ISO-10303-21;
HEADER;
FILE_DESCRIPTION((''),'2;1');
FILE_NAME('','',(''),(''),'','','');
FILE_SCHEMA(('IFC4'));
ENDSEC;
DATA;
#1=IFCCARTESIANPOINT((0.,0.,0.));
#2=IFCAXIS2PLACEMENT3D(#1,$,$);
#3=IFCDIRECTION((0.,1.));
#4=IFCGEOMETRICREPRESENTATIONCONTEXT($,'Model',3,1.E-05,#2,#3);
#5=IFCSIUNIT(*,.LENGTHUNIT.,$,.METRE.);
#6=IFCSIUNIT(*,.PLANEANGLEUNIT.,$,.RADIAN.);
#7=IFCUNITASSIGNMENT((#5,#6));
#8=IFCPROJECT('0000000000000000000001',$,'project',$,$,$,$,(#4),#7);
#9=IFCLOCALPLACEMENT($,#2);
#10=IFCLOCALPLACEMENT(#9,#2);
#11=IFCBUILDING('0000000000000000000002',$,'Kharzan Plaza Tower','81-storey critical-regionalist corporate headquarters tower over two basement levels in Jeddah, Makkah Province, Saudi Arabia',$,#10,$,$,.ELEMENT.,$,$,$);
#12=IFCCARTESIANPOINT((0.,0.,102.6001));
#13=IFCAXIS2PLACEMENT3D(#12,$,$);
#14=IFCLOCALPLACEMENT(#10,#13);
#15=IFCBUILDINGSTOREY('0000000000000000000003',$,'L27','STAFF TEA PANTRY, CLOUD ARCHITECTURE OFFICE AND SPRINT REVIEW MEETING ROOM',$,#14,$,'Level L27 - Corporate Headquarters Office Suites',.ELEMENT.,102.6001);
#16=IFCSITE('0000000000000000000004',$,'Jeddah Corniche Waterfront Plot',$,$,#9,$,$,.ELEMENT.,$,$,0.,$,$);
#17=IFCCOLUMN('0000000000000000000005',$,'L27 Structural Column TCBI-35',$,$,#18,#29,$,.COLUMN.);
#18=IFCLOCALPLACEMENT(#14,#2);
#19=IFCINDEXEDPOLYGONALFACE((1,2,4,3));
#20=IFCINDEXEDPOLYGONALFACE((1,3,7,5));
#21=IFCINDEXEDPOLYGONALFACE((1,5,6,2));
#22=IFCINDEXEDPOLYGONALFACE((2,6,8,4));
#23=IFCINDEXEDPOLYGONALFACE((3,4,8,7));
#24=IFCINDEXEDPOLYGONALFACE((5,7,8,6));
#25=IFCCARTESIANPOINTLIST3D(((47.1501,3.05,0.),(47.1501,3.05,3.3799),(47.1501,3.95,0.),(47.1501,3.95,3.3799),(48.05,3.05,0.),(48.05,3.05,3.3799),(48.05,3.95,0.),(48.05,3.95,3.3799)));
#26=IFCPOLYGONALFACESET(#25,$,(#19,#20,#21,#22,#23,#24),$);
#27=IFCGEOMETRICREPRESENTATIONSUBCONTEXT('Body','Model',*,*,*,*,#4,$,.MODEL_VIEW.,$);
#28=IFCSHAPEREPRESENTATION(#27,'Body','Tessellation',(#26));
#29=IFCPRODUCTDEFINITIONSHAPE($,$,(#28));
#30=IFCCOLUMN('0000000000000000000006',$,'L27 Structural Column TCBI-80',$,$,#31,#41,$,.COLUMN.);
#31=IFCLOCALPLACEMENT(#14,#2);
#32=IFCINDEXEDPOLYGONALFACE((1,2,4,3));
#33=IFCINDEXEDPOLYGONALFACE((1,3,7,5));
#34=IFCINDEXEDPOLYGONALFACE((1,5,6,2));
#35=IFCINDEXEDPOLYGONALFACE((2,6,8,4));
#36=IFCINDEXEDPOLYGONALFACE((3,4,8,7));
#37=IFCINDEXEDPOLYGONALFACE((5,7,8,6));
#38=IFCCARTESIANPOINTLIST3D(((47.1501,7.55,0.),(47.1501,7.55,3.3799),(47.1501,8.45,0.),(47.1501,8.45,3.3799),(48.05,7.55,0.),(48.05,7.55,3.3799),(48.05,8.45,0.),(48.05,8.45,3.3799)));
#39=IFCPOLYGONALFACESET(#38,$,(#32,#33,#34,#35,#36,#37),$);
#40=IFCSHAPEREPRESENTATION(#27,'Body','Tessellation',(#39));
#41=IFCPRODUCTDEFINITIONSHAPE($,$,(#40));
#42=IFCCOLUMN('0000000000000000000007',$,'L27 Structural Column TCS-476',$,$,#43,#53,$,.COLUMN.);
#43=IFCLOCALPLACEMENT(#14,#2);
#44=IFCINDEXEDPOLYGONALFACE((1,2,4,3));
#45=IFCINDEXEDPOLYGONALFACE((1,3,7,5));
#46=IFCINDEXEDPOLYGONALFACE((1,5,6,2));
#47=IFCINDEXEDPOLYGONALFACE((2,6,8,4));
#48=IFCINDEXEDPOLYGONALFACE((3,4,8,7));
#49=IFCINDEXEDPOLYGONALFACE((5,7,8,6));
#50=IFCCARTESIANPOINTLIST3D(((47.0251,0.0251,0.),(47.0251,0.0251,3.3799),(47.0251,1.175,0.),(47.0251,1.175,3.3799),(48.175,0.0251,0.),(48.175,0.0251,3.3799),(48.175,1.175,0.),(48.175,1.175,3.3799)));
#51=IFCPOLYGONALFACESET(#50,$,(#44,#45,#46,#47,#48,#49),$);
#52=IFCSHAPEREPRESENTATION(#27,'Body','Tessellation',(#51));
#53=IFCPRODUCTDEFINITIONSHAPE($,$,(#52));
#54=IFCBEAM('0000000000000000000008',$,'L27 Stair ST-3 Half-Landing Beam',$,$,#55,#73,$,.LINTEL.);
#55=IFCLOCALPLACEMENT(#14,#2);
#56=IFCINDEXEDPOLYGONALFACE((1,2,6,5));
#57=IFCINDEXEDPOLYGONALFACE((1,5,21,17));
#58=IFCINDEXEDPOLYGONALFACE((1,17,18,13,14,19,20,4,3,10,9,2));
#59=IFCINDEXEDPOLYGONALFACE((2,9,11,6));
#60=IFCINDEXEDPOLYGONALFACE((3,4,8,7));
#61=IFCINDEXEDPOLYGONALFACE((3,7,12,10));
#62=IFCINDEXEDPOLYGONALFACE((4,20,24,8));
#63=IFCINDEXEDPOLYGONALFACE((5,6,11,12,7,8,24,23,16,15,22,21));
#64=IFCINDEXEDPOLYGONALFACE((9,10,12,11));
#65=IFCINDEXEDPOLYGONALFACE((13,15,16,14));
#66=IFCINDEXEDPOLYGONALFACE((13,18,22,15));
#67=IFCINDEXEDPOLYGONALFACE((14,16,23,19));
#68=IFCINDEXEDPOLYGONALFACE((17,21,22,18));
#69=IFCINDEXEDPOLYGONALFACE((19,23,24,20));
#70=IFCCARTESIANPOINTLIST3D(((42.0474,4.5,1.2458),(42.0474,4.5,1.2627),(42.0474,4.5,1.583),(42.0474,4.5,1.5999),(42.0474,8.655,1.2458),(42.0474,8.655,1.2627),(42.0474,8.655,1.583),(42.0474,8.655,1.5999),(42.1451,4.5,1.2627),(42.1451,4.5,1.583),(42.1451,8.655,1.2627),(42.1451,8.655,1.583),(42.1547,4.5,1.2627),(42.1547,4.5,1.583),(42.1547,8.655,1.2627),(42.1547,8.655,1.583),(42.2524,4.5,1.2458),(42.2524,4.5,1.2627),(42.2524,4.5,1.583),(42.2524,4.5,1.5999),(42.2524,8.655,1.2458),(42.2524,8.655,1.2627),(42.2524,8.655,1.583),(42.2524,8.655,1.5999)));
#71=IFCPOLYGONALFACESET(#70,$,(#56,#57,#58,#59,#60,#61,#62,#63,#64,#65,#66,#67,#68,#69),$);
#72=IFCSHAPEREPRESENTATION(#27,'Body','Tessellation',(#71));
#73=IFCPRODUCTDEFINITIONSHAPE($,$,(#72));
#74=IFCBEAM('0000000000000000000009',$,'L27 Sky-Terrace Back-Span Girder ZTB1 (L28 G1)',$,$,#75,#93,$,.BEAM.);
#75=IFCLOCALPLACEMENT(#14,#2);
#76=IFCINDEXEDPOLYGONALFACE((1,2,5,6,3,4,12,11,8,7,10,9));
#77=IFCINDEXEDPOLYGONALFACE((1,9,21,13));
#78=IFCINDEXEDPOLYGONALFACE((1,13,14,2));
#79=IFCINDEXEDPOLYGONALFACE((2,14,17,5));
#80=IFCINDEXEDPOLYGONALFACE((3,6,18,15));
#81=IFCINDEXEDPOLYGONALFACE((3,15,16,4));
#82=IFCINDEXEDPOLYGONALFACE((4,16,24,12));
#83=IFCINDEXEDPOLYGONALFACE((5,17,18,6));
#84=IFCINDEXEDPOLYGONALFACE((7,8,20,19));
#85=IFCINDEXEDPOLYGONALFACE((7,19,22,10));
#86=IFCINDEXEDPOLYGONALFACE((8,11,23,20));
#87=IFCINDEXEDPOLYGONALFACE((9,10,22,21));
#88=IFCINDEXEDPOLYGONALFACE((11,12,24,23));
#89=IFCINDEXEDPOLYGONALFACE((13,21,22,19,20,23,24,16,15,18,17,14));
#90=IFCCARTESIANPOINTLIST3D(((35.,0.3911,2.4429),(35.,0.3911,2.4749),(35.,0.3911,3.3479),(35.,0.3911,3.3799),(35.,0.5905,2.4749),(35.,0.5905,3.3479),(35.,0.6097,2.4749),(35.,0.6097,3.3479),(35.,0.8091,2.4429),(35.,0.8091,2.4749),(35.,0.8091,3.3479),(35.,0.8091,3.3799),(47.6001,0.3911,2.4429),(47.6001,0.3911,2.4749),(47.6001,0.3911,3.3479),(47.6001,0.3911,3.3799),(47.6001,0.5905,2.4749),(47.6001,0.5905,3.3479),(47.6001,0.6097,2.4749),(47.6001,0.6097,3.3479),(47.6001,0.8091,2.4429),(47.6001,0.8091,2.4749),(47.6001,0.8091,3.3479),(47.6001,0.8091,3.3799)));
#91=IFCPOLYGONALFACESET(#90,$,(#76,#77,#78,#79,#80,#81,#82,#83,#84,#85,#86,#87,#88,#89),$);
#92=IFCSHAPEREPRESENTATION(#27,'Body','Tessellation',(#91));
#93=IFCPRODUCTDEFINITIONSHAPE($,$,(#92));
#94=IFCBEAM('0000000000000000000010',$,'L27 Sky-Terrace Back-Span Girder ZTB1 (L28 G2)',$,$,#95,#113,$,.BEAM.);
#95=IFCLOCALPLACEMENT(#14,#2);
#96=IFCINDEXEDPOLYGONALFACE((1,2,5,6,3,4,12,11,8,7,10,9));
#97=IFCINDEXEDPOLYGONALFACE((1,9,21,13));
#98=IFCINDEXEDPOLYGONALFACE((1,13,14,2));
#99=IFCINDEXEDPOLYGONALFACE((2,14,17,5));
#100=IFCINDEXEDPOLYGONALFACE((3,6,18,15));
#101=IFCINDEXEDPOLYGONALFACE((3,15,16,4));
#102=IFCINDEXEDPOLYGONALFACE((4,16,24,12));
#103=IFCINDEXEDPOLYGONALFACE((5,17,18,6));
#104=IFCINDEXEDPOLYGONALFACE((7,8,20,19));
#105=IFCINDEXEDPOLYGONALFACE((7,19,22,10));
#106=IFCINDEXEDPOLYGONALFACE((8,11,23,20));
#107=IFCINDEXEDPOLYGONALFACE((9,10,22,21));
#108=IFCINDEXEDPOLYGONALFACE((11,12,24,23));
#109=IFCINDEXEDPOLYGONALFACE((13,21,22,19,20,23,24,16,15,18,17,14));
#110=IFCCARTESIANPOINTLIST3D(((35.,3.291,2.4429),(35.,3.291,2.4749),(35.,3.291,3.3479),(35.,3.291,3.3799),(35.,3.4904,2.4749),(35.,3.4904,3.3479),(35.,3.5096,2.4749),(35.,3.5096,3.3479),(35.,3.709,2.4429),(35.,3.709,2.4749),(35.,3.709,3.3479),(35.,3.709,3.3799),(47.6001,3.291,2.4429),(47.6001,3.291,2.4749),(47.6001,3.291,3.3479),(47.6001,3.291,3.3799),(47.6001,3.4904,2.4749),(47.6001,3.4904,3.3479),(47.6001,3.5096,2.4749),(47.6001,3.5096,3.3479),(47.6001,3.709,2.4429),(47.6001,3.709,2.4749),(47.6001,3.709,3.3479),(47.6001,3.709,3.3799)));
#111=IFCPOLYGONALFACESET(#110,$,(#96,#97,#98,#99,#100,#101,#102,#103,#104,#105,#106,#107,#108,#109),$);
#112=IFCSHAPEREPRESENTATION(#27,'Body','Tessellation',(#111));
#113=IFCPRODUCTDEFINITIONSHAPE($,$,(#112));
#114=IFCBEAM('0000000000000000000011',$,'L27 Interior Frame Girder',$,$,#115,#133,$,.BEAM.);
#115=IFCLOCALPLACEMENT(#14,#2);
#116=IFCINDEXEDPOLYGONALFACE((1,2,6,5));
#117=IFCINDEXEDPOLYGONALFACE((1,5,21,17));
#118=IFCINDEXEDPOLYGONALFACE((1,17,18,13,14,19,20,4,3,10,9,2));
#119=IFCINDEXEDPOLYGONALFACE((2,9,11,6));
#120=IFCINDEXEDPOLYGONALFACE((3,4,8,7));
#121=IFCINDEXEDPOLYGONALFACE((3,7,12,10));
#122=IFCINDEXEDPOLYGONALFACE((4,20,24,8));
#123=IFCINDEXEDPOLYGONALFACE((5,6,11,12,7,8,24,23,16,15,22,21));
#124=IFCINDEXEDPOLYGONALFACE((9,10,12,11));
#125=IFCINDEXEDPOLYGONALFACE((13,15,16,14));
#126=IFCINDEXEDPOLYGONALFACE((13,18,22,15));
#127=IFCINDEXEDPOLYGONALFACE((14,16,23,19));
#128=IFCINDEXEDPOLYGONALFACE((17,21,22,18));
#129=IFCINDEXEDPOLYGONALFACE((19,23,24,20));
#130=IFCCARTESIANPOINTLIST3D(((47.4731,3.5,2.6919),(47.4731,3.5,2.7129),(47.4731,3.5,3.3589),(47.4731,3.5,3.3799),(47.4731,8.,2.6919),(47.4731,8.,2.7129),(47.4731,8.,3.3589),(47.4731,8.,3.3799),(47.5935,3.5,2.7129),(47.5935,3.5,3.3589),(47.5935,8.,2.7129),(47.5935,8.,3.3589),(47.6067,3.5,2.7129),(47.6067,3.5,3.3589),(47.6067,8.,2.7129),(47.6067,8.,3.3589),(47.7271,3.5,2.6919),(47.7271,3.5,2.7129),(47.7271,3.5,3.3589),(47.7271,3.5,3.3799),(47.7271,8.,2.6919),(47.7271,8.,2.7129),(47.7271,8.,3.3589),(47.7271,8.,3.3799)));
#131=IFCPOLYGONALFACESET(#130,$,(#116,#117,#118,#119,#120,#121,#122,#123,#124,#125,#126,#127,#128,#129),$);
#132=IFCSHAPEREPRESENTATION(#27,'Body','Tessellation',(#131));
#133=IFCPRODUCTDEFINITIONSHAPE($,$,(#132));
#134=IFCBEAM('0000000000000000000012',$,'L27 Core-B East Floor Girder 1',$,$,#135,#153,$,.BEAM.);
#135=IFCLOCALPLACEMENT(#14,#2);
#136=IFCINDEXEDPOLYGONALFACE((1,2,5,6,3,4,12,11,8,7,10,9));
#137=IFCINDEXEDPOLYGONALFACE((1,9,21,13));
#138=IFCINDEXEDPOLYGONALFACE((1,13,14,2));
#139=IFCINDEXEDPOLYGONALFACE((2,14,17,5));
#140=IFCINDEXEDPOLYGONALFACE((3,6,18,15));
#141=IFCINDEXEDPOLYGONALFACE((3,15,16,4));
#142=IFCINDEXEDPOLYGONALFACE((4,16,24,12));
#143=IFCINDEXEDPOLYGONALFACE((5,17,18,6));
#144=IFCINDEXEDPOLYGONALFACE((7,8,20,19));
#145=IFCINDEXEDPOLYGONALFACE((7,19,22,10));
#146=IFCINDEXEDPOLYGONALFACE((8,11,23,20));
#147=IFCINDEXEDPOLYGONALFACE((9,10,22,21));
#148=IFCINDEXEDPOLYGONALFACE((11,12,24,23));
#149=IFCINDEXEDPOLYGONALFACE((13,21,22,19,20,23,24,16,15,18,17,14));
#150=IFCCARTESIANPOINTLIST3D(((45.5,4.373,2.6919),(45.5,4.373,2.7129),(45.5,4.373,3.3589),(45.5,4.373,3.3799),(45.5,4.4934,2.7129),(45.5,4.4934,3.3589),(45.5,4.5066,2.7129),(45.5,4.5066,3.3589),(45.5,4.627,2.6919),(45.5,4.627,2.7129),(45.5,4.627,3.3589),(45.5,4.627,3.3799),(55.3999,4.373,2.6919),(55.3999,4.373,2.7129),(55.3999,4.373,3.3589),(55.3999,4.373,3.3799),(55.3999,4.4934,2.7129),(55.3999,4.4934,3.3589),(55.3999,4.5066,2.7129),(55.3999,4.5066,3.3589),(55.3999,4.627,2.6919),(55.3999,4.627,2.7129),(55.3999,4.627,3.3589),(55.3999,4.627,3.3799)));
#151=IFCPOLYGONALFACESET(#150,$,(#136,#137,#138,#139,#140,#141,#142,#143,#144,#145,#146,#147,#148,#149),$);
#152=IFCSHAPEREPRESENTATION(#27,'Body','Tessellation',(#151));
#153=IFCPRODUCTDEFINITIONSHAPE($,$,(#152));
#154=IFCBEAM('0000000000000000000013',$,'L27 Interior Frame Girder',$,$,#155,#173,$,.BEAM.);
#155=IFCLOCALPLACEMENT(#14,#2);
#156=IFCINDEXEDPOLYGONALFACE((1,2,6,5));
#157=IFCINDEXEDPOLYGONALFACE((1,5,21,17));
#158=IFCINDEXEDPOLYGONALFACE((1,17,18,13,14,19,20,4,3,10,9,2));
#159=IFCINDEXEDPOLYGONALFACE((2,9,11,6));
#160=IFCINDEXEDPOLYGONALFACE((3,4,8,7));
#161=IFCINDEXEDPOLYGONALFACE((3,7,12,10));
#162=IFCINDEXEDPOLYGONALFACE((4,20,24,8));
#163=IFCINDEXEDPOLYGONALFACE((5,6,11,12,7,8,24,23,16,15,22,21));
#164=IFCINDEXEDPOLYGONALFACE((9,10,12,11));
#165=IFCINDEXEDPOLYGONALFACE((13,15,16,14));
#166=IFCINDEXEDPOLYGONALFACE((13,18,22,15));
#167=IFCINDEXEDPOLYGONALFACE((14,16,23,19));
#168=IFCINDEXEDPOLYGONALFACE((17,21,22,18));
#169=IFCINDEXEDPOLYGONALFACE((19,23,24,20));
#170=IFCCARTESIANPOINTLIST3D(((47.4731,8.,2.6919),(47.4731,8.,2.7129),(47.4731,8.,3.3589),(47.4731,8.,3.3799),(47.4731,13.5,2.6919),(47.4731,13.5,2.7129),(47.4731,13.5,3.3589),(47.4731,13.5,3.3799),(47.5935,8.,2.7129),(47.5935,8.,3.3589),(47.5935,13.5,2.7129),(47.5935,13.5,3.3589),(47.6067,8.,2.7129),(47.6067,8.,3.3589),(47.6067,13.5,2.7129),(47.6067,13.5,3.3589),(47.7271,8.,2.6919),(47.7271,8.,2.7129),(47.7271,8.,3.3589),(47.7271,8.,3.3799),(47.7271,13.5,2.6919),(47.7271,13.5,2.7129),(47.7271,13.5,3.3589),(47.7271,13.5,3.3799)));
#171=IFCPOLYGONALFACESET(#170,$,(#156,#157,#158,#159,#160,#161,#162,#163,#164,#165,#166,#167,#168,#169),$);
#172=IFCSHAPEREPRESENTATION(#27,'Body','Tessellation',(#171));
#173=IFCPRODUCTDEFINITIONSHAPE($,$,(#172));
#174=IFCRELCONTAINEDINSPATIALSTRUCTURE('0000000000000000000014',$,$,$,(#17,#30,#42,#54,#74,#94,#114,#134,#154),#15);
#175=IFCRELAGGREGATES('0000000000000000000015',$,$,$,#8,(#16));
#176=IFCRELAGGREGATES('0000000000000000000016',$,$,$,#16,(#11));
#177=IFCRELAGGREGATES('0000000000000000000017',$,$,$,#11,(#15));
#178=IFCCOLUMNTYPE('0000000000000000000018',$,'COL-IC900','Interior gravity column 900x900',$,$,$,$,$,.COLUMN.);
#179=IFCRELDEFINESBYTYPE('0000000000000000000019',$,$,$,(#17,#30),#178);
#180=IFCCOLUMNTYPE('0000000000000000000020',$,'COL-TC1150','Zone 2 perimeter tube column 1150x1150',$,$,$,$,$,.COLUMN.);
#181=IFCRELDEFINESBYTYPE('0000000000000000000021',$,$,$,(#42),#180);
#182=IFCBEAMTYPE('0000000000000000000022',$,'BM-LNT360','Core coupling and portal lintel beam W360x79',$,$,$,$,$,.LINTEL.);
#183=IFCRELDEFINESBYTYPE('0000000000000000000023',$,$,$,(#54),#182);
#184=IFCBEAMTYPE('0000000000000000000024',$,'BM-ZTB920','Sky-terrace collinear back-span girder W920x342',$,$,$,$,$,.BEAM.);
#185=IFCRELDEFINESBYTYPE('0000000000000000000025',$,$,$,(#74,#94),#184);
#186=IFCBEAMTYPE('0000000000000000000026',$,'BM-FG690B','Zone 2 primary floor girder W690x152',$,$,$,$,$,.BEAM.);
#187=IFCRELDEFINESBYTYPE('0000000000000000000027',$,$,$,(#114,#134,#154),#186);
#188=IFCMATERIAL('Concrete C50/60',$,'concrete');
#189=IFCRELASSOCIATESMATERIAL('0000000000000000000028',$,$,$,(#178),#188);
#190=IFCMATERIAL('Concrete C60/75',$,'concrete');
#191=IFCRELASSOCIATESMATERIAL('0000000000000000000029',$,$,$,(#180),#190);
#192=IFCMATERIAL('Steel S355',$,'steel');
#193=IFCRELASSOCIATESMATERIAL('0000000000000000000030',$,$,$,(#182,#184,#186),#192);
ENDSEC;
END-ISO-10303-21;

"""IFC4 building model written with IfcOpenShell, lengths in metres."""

from ifc_helpers import new_model, si_unit, direction, frame, origin, origin_2d, place, context, subcontext, project, spatial, rectangle, i_section, extrude, source, transform, mapped, material, material_profile, profile_set, type_object, element, save


model = new_model("IFC4")

# Units and contexts
model_context = context("Model", 3, precision=1e-05, world=origin(), true_north=direction((0.0, 1.0)))
body_context = subcontext(model_context, "Body", "Model", "MODEL_VIEW")
ifc_project = project(units=[si_unit("LENGTHUNIT", "METRE"), si_unit("PLANEANGLEUNIT", "RADIAN")], contexts=[model_context])

# Site, building, storey
site_placement = place(None, origin())
site = spatial("IfcSite", under=ifc_project, at=site_placement, Name="Jeddah Corniche Waterfront Plot", CompositionType="ELEMENT", RefElevation=0.0)
building_placement = place(site_placement, origin())
building = spatial("IfcBuilding", under=site, at=building_placement, Name="Kharzan Plaza Tower", Description="81-storey critical-regionalist corporate headquarters tower over two basement levels in Jeddah, Makkah Province, Saudi Arabia", CompositionType="ELEMENT")
storey_placement = place(building_placement, frame((0.0, 0.0, 102.6001)))
storey = spatial("IfcBuildingStorey", under=building, at=storey_placement, Name="L27", Description="STAFF TEA PANTRY, CLOUD ARCHITECTURE OFFICE AND SPRINT REVIEW MEETING ROOM", LongName="Level L27 - Corporate Headquarters Office Suites", CompositionType="ELEMENT", Elevation=102.6001)

# Columns
ifc_material_1 = material(Name="Concrete C50/60", Category="concrete")
ifc_material_profile_1 = material_profile(ifc_material_1, rectangle(XDim=0.8999, YDim=0.8999, at=origin_2d()), Name="RC-IC900x900")
ifc_profile_set_1 = profile_set([ifc_material_profile_1], Name="Concrete C50/60")
column_type_1 = type_object("IfcColumnType", Name="COL-IC900", Description="Interior gravity column 900x900", PredefinedType="COLUMN", material=ifc_profile_set_1)
shared_shape_1 = source(origin(), body_context, "Body", "SweptSolid", [
    extrude(rectangle(XDim=0.8999, YDim=0.8999, at=origin_2d()), origin(), (0.0, 0.0, 1.0), 3.3799),
])
for number, where, z_axis, x_axis, name in (
    (1, (47.6001, 3.5, 0.0), (0.0, 0.0, 1.0), (1.0, 0.0, 0.0), "L27 Structural Column TCBI-35"),
    (2, (47.6001, 8.0, 0.0), (0.0, 0.0, 1.0), (1.0, 0.0, 0.0), "L27 Structural Column TCBI-80"),
):
    element("IfcColumn", number, at=place(storey_placement, frame(where, z_axis=z_axis, x_axis=x_axis)), inside=storey, type_object=column_type_1, Name=name, PredefinedType="COLUMN", context=body_context, shape_type="MappedRepresentation", body=[
        mapped(shared_shape_1, transform((0.0, 0.0, 0.0), x_axis=(1.0, 0.0, 0.0), y_axis=(0.0, 1.0, 0.0), z_axis=(0.0, 0.0, 1.0))),
    ])
ifc_material_2 = material(Name="Concrete C60/75", Category="concrete")
ifc_material_profile_2 = material_profile(ifc_material_2, rectangle(XDim=1.1499, YDim=1.1499, at=origin_2d()), Name="RC-TC1150x1150")
ifc_profile_set_2 = profile_set([ifc_material_profile_2], Name="Concrete C60/75")
column_type_2 = type_object("IfcColumnType", Name="COL-TC1150", Description="Zone 2 perimeter tube column 1150x1150", PredefinedType="COLUMN", material=ifc_profile_set_2)
shared_shape_2 = source(origin(), body_context, "Body", "SweptSolid", [
    extrude(rectangle(XDim=1.1499, YDim=1.1499, at=origin_2d()), origin(), (0.0, 0.0, 1.0), 3.3799),
])
column_placement = place(storey_placement, frame((47.6001, 0.6001, 0.0), z_axis=(0.0, 0.0, 1.0), x_axis=(1.0, 0.0, 0.0)))
element("IfcColumn", 3, at=column_placement, inside=storey, type_object=column_type_2, Name="L27 Structural Column TCS-476", PredefinedType="COLUMN", context=body_context, shape_type="MappedRepresentation", body=[
    mapped(shared_shape_2, transform((0.0, 0.0, 0.0), x_axis=(1.0, 0.0, 0.0), y_axis=(0.0, 1.0, 0.0), z_axis=(0.0, 0.0, 1.0))),
])

# Beams
ifc_material_3 = material(Name="Steel S355", Category="steel")
ifc_material_profile_3 = material_profile(ifc_material_3, i_section(OverallWidth=0.2051, OverallDepth=0.354, WebThickness=0.0095, FlangeThickness=0.0168, at=origin_2d()), Name="W360x79")
ifc_profile_set_3 = profile_set([ifc_material_profile_3], Name="Steel S355")
beam_type_1 = type_object("IfcBeamType", Name="BM-LNT360", Description="Core coupling and portal lintel beam W360x79", PredefinedType="LINTEL", material=ifc_profile_set_3)
shared_shape_3 = source(origin(), body_context, "Body", "SweptSolid", [
    extrude(i_section(OverallWidth=0.2051, OverallDepth=0.354, WebThickness=0.0095, FlangeThickness=0.0168, at=origin_2d()), origin(), (0.0, 0.0, 1.0), 4.155),
])
beam_1_placement = place(storey_placement, frame((42.1499, 4.5, 1.4229), z_axis=(0.0, 1.0, 0.0), x_axis=(-1.0, 0.0, 0.0)))
element("IfcBeam", 4, at=beam_1_placement, inside=storey, type_object=beam_type_1, Name="L27 Stair ST-3 Half-Landing Beam", PredefinedType="LINTEL", context=body_context, shape_type="MappedRepresentation", body=[
    mapped(shared_shape_3, transform((0.0, 0.0, 0.0), x_axis=(1.0, 0.0, 0.0), y_axis=(0.0, 1.0, 0.0), z_axis=(0.0, 0.0, 1.0))),
])
ifc_material_profile_4 = material_profile(ifc_material_3, i_section(OverallWidth=0.418, OverallDepth=0.937, WebThickness=0.0193, FlangeThickness=0.032, at=origin_2d()), Name="W920x342")
ifc_profile_set_4 = profile_set([ifc_material_profile_4], Name="Steel S355")
beam_type_2 = type_object("IfcBeamType", Name="BM-ZTB920", Description="Sky-terrace collinear back-span girder W920x342", PredefinedType="BEAM", material=ifc_profile_set_4)
shared_shape_4 = source(origin(), body_context, "Body", "SweptSolid", [
    extrude(i_section(OverallWidth=0.418, OverallDepth=0.937, WebThickness=0.0193, FlangeThickness=0.032, at=origin_2d()), origin(), (0.0, 0.0, 1.0), 12.6001),
])
for number, where, z_axis, x_axis, name in (
    (5, (47.6001, 0.6001, 2.9114), (-1.0, 0.0, 0.0), (0.0, -1.0, 0.0), "L27 Sky-Terrace Back-Span Girder ZTB1 (L28 G1)"),
    (6, (47.6001, 3.5, 2.9114), (-1.0, 0.0, 0.0), (0.0, -1.0, 0.0), "L27 Sky-Terrace Back-Span Girder ZTB1 (L28 G2)"),
):
    element("IfcBeam", number, at=place(storey_placement, frame(where, z_axis=z_axis, x_axis=x_axis)), inside=storey, type_object=beam_type_2, Name=name, PredefinedType="BEAM", context=body_context, shape_type="MappedRepresentation", body=[
        mapped(shared_shape_4, transform((0.0, 0.0, 0.0), x_axis=(1.0, 0.0, 0.0), y_axis=(0.0, 1.0, 0.0), z_axis=(0.0, 0.0, 1.0))),
    ])
ifc_material_profile_5 = material_profile(ifc_material_3, i_section(OverallWidth=0.2539, OverallDepth=0.688, WebThickness=0.0132, FlangeThickness=0.021, at=origin_2d()), Name="W690x152")
ifc_profile_set_5 = profile_set([ifc_material_profile_5], Name="Steel S355")
beam_type_3 = type_object("IfcBeamType", Name="BM-FG690B", Description="Zone 2 primary floor girder W690x152", PredefinedType="BEAM", material=ifc_profile_set_5)
shared_shape_5 = source(origin(), body_context, "Body", "SweptSolid", [
    extrude(i_section(OverallWidth=0.2539, OverallDepth=0.688, WebThickness=0.0132, FlangeThickness=0.021, at=origin_2d()), origin(), (0.0, 0.0, 1.0), 4.5),
])
beam_2_placement = place(storey_placement, frame((47.6001, 3.5, 3.0359), z_axis=(0.0, 1.0, 0.0), x_axis=(-1.0, 0.0, 0.0)))
element("IfcBeam", 7, at=beam_2_placement, inside=storey, type_object=beam_type_3, Name="L27 Interior Frame Girder", PredefinedType="BEAM", context=body_context, shape_type="MappedRepresentation", body=[
    mapped(shared_shape_5, transform((0.0, 0.0, 0.0), x_axis=(1.0, 0.0, 0.0), y_axis=(0.0, 1.0, 0.0), z_axis=(0.0, 0.0, 1.0))),
])
shared_shape_6 = source(origin(), body_context, "Body", "SweptSolid", [
    extrude(i_section(OverallWidth=0.2539, OverallDepth=0.688, WebThickness=0.0132, FlangeThickness=0.021, at=origin_2d()), origin(), (0.0, 0.0, 1.0), 9.8999),
])
beam_3_placement = place(storey_placement, frame((45.5, 4.5, 3.0359), z_axis=(1.0, 0.0, 0.0), x_axis=(0.0, 1.0, 0.0)))
element("IfcBeam", 8, at=beam_3_placement, inside=storey, type_object=beam_type_3, Name="L27 Core-B East Floor Girder 1", PredefinedType="BEAM", context=body_context, shape_type="MappedRepresentation", body=[
    mapped(shared_shape_6, transform((0.0, 0.0, 0.0), x_axis=(1.0, 0.0, 0.0), y_axis=(0.0, 1.0, 0.0), z_axis=(0.0, 0.0, 1.0))),
])
shared_shape_7 = source(origin(), body_context, "Body", "SweptSolid", [
    extrude(i_section(OverallWidth=0.2539, OverallDepth=0.688, WebThickness=0.0132, FlangeThickness=0.021, at=origin_2d()), origin(), (0.0, 0.0, 1.0), 5.5),
])
beam_4_placement = place(storey_placement, frame((47.6001, 8.0, 3.0359), z_axis=(0.0, 1.0, 0.0), x_axis=(-1.0, 0.0, 0.0)))
element("IfcBeam", 9, at=beam_4_placement, inside=storey, type_object=beam_type_3, Name="L27 Interior Frame Girder", PredefinedType="BEAM", context=body_context, shape_type="MappedRepresentation", body=[
    mapped(shared_shape_7, transform((0.0, 0.0, 0.0), x_axis=(1.0, 0.0, 0.0), y_axis=(0.0, 1.0, 0.0), z_axis=(0.0, 0.0, 1.0))),
])

save(model, "model.ifc")
